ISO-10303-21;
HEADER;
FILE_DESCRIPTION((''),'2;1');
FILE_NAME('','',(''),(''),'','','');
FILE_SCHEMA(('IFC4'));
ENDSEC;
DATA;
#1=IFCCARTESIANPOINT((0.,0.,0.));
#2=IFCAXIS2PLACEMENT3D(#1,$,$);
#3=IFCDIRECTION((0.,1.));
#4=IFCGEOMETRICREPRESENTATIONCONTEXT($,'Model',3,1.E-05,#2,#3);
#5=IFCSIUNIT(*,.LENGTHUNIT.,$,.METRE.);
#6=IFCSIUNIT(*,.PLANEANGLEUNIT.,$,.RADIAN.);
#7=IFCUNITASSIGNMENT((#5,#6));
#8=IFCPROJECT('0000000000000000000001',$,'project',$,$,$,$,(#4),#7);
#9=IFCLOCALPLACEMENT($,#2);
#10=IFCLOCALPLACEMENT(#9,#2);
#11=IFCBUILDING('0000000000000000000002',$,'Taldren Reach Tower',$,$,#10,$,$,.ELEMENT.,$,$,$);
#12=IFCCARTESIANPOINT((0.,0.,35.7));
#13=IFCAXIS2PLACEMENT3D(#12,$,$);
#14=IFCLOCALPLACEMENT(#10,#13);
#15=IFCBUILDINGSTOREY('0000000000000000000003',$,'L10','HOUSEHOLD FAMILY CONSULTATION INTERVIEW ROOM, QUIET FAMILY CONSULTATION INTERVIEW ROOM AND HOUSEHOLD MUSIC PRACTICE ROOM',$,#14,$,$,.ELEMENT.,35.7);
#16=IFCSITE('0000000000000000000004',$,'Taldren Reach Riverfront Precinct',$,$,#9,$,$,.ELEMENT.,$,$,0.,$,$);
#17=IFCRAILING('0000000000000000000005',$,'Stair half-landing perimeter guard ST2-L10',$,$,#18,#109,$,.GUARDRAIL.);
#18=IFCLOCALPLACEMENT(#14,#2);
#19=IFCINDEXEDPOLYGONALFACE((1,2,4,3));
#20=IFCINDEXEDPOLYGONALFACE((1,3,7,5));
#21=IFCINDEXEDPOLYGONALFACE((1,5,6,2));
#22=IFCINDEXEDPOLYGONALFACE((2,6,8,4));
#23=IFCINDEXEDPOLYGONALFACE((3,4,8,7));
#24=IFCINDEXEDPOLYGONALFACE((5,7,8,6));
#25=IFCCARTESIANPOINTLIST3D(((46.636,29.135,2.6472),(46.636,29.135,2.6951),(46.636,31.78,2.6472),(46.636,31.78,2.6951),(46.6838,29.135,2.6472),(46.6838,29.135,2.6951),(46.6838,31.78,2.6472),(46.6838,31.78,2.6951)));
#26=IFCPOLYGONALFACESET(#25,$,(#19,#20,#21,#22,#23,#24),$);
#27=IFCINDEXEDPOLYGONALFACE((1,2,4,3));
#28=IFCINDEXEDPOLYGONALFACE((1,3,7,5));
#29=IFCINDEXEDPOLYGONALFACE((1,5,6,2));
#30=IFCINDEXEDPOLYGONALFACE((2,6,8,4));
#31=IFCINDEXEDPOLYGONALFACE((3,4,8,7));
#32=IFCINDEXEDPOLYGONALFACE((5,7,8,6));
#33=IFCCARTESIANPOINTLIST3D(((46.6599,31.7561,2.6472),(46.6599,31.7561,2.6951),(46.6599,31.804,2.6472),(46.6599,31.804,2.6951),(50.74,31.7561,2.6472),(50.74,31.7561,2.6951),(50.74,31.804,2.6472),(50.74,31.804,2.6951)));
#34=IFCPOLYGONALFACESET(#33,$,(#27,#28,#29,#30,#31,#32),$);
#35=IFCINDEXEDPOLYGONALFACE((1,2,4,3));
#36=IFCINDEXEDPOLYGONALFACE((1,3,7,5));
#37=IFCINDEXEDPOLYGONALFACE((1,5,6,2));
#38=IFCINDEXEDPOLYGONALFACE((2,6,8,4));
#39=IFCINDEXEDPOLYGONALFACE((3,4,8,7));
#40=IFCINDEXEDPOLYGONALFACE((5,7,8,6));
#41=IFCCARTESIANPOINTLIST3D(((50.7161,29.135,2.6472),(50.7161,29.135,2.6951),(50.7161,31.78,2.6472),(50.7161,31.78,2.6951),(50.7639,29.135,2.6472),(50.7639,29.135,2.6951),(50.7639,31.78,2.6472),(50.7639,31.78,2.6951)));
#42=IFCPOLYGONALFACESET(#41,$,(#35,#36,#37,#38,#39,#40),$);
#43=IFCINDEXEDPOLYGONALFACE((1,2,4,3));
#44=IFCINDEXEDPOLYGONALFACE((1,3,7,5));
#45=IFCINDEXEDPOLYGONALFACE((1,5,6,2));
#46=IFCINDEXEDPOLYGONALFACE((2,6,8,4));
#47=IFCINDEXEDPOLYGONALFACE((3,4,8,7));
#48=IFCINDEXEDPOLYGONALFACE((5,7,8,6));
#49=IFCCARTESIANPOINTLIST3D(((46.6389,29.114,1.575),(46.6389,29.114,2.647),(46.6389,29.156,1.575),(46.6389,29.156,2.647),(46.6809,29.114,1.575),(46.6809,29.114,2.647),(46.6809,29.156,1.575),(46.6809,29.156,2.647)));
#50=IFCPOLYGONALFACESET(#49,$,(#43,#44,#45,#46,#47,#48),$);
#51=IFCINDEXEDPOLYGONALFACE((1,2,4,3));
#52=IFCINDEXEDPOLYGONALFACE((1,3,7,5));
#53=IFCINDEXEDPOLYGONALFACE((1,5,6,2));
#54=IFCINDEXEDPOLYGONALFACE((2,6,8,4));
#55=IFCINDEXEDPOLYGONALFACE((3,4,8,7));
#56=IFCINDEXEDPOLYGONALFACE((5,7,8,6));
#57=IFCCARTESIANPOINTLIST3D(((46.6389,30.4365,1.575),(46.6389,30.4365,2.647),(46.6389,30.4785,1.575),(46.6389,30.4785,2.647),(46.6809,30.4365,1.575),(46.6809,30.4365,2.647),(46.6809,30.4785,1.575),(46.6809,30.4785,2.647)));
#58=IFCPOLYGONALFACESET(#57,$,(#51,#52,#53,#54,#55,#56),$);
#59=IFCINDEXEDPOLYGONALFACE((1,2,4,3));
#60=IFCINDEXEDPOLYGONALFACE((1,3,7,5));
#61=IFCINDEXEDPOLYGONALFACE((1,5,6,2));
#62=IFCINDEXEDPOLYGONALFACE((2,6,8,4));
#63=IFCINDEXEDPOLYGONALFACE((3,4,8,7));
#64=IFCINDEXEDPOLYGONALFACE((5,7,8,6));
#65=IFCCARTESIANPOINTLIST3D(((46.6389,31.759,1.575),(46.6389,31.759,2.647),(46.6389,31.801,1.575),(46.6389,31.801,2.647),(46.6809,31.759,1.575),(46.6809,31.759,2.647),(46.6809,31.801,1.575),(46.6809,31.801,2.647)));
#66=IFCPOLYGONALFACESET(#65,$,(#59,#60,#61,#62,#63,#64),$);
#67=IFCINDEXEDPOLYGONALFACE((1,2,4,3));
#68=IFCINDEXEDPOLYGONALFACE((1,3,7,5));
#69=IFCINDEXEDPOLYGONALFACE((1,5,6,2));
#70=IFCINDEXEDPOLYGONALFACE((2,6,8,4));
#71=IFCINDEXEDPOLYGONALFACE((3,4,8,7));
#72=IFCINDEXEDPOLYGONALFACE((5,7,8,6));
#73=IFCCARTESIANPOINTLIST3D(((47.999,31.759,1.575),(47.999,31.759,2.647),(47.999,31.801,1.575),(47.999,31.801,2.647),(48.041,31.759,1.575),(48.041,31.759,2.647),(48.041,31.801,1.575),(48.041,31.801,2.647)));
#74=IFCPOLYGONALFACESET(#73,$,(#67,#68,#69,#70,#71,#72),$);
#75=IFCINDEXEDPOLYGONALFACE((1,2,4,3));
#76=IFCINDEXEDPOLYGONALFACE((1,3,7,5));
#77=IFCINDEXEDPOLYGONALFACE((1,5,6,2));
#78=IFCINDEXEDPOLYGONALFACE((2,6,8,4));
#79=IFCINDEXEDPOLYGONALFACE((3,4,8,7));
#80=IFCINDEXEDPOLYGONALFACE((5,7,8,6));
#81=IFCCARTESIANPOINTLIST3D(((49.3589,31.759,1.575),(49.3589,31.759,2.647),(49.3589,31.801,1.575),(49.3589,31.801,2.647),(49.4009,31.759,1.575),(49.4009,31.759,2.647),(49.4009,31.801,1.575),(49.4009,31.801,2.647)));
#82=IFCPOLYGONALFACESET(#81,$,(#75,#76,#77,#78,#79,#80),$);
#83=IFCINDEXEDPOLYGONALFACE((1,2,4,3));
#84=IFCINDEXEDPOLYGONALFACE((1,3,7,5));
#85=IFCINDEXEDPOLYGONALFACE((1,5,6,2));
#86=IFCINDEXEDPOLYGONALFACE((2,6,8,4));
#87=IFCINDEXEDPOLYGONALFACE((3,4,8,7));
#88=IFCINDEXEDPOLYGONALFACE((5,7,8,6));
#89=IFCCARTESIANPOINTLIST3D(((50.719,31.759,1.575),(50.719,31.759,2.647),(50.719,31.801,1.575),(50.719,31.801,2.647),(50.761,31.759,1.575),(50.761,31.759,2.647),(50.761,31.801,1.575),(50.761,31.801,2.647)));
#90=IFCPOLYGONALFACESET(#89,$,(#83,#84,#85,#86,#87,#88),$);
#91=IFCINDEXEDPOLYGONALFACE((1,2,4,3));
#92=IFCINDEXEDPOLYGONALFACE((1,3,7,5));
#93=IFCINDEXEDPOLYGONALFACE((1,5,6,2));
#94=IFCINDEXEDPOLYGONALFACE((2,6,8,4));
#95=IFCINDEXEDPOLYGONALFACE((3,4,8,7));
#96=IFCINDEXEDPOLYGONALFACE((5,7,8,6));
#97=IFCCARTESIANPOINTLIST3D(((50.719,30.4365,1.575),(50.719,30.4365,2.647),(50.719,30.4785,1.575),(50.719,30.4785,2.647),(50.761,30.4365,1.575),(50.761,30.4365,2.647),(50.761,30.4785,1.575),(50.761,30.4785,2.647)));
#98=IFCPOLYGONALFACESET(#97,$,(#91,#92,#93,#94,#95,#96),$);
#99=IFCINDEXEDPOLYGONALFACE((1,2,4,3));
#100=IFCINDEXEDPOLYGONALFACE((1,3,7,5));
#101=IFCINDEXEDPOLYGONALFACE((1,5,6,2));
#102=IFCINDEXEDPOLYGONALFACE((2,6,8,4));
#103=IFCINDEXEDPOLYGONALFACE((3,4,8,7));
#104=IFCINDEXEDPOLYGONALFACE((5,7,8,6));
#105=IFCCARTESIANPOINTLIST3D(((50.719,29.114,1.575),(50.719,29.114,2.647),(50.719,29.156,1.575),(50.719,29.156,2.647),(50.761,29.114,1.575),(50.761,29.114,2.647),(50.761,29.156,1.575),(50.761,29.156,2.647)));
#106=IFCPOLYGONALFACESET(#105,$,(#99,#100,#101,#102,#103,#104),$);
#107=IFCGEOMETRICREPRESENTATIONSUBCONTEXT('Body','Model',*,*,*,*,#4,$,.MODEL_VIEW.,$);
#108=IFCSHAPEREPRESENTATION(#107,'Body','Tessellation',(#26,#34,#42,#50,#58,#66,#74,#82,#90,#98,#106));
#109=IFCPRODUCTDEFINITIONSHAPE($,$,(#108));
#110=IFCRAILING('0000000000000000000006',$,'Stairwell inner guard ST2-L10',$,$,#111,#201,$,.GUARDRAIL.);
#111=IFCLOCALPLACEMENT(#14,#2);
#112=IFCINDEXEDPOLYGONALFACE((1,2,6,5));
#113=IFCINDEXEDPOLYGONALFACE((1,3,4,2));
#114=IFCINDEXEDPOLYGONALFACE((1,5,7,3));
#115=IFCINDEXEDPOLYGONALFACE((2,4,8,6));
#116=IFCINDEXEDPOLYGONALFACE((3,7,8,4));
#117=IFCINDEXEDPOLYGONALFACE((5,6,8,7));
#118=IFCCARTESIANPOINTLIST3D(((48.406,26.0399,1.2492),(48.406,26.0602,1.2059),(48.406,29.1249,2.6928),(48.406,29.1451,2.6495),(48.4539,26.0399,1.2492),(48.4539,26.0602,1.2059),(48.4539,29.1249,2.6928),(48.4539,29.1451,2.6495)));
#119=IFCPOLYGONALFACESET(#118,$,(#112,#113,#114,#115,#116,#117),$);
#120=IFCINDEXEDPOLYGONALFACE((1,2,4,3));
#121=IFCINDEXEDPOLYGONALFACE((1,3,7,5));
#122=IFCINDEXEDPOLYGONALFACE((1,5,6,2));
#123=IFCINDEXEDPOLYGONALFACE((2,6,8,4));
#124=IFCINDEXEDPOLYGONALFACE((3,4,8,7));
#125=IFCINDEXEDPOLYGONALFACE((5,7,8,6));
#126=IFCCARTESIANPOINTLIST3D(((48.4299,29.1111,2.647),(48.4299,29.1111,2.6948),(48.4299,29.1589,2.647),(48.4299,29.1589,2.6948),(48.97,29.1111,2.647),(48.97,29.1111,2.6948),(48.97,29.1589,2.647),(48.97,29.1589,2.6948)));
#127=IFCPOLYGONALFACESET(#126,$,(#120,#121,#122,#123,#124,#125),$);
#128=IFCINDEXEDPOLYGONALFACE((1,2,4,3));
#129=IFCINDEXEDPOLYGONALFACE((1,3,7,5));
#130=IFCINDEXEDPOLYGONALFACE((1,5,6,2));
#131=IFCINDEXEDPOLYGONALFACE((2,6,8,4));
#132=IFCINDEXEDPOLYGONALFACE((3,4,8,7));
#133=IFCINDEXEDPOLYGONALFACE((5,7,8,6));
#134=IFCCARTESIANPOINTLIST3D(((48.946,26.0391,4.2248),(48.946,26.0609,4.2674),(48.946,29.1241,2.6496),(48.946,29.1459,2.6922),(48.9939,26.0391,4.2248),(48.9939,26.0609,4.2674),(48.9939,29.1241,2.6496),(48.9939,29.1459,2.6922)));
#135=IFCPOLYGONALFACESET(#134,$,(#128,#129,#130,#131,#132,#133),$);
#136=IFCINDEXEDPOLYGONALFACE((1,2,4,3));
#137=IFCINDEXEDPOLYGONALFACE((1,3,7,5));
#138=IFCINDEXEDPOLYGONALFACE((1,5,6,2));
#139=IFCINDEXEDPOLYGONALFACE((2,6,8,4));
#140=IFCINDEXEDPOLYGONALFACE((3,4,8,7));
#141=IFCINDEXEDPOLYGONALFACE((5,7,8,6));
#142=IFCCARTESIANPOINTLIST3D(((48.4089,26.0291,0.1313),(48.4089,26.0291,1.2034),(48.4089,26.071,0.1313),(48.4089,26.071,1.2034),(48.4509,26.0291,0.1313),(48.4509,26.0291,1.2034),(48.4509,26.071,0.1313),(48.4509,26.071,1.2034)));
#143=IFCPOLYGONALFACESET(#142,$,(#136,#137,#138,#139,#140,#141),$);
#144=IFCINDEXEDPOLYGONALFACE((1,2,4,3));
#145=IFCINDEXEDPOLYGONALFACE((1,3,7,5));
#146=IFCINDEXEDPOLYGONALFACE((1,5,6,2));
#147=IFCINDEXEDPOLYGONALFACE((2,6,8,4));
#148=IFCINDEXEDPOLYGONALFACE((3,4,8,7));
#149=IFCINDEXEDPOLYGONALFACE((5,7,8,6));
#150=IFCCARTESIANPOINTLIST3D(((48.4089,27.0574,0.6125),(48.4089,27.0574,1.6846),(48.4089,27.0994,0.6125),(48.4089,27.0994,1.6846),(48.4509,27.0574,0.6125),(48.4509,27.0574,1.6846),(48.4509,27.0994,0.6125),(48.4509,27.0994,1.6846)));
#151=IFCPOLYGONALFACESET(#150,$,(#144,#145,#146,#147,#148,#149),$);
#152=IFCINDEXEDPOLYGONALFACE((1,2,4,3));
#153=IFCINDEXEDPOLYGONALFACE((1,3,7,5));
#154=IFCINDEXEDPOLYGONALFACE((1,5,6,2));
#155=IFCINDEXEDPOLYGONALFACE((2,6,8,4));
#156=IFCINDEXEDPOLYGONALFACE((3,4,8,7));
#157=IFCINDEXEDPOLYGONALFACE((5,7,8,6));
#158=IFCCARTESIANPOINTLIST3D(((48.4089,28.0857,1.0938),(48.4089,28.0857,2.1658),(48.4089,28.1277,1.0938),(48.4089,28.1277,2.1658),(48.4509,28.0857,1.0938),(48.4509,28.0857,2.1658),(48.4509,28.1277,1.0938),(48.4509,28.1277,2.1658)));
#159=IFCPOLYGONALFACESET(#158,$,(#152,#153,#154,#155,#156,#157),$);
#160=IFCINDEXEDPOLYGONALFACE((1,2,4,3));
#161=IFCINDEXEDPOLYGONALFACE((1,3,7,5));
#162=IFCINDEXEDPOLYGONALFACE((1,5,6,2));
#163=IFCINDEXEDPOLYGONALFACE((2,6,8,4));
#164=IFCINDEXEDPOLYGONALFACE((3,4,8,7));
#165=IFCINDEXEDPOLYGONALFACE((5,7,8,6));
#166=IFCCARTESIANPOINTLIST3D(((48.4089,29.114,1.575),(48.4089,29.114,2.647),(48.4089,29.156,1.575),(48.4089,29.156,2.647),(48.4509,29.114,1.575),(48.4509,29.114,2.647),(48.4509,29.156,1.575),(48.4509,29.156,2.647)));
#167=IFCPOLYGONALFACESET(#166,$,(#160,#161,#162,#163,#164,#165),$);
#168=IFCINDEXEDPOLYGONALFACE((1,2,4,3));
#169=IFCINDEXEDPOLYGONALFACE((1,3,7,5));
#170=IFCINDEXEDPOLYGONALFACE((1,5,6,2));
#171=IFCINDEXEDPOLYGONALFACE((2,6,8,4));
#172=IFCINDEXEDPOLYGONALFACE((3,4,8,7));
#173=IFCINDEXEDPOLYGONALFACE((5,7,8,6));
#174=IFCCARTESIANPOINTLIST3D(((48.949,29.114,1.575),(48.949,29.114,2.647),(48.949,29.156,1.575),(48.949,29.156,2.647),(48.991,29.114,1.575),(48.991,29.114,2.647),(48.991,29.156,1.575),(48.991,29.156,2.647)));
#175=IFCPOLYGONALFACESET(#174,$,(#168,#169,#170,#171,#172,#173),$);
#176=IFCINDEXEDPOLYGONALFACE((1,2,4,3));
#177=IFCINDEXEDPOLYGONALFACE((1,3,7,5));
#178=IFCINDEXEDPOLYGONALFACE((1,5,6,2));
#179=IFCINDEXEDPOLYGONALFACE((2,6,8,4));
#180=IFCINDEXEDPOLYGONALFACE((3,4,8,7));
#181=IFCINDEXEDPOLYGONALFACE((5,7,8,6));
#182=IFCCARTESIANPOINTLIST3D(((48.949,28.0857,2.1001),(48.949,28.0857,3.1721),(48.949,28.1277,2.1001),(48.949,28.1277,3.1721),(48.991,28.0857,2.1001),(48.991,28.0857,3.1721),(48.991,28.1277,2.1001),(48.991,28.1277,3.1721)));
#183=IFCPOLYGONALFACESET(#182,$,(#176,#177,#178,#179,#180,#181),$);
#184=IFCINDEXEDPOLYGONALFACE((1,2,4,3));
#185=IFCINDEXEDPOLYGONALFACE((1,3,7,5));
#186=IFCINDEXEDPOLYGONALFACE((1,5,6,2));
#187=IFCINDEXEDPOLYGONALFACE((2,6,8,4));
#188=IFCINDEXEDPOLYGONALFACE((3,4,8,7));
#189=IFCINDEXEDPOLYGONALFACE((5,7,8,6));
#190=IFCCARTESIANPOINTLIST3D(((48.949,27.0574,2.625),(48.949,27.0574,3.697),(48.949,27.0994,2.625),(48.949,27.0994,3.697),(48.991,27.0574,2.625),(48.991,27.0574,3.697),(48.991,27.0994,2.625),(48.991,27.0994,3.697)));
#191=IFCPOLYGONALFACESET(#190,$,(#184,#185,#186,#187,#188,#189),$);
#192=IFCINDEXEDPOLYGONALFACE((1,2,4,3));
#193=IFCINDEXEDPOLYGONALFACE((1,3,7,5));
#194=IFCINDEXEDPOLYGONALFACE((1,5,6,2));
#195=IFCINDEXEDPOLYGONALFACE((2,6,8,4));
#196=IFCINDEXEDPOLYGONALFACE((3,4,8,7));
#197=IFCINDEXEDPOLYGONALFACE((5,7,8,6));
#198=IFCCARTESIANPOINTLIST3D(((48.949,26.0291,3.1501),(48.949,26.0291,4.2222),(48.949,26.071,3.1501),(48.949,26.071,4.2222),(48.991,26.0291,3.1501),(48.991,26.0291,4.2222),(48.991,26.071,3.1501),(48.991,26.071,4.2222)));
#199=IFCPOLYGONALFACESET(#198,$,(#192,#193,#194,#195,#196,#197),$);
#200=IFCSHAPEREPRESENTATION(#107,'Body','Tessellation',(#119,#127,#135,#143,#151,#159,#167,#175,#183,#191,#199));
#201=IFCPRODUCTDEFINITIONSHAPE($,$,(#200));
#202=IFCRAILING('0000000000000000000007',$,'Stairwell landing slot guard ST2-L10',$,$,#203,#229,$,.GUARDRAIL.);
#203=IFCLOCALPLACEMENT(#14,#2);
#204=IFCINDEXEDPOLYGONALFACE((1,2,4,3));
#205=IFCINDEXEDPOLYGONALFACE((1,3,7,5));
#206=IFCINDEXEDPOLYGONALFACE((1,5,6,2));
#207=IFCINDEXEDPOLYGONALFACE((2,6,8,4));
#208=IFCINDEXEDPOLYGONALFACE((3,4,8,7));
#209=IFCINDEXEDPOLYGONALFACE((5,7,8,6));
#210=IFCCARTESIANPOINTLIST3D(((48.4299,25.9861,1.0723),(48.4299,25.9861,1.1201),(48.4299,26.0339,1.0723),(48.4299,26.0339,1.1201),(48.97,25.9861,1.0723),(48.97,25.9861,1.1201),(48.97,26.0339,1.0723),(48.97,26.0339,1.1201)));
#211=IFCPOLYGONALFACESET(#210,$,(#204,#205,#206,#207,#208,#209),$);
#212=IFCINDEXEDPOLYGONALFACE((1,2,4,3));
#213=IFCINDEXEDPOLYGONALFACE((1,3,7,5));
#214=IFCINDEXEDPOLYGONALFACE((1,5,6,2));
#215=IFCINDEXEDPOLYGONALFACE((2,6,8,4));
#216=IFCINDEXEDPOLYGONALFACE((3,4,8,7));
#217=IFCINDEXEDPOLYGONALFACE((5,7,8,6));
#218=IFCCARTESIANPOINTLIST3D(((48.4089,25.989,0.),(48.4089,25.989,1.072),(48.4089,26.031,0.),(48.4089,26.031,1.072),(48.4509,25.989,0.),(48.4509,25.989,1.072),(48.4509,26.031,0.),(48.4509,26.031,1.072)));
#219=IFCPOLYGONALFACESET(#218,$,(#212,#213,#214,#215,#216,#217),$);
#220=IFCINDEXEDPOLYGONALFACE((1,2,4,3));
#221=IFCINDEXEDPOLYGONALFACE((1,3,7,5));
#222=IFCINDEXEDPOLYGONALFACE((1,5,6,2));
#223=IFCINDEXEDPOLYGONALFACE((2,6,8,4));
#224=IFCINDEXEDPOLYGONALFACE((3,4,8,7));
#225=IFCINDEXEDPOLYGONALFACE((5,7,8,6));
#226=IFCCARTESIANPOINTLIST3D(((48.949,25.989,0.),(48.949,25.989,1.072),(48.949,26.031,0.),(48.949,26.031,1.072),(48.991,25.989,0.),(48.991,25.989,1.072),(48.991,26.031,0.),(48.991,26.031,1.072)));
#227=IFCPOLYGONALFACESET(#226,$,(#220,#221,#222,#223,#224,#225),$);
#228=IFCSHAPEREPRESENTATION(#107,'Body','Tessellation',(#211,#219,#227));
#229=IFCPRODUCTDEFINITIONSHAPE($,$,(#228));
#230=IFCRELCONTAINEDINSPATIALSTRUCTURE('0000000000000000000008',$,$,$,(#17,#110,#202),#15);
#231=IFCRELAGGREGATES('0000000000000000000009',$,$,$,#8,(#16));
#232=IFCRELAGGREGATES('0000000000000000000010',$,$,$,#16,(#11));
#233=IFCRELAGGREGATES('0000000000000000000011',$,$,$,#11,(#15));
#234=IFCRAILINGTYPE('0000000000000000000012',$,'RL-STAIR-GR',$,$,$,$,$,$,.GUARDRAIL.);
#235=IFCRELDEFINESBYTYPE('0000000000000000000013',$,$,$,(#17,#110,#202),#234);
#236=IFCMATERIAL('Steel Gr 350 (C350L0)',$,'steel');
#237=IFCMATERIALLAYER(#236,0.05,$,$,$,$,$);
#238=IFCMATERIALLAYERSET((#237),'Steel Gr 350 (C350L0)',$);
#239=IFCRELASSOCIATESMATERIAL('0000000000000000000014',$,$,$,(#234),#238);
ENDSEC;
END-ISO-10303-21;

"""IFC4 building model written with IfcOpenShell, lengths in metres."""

from ifc_helpers import new_model, si_unit, direction, frame, origin, origin_2d, place, context, subcontext, project, spatial, rectangle, extrude, material, layer, layer_set, type_object, element, save


model = new_model("IFC4")

# Units and contexts
model_context = context("Model", 3, precision=1e-05, world=origin(), true_north=direction((0.0, 1.0)))
body_context = subcontext(model_context, "Body", "Model", "MODEL_VIEW")
ifc_project = project(units=[si_unit("LENGTHUNIT", "METRE"), si_unit("PLANEANGLEUNIT", "RADIAN")], contexts=[model_context])

# Site, building, storey
site_placement = place(None, origin())
site = spatial("IfcSite", under=ifc_project, at=site_placement, Name="Taldren Reach Riverfront Precinct", CompositionType="ELEMENT", RefElevation=0.0)
building_placement = place(site_placement, origin())
building = spatial("IfcBuilding", under=site, at=building_placement, Name="Taldren Reach Tower", CompositionType="ELEMENT")
storey_placement = place(building_placement, frame((0.0, 0.0, 35.7)))
storey = spatial("IfcBuildingStorey", under=building, at=storey_placement, Name="L10", Description="HOUSEHOLD FAMILY CONSULTATION INTERVIEW ROOM, QUIET FAMILY CONSULTATION INTERVIEW ROOM AND HOUSEHOLD MUSIC PRACTICE ROOM", CompositionType="ELEMENT", Elevation=35.7)

# Shared definitions
ifc_material_1 = material(Name="Steel Gr 350 (C350L0)", Category="steel")

# Railings
ifc_layer_1 = layer(ifc_material_1, 0.05)
ifc_layer_set_1 = layer_set([ifc_layer_1], Name="Steel Gr 350 (C350L0)")
railing_type_1 = type_object("IfcRailingType", Name="RL-STAIR-GR", PredefinedType="GUARDRAIL", material=ifc_layer_set_1)
railing_1_placement = place(storey_placement, frame((46.6599, 29.135, 1.575)))
element("IfcRailing", 1, at=railing_1_placement, inside=storey, type_object=railing_type_1, Name="Stair half-landing perimeter guard ST2-L10", PredefinedType="GUARDRAIL", context=body_context, shape_type="SweptSolid", body=[
    extrude(rectangle(XDim=0.0479, YDim=0.0479, at=origin_2d()), frame((0.0, 0.0, 1.0962), z_axis=(0.0, 1.0, 0.0), x_axis=(-1.0, 0.0, 0.0)), (0.0, 0.0, 1.0), 2.645),
    extrude(rectangle(XDim=0.0479, YDim=0.0479, at=origin_2d()), frame((0.0, 2.645, 1.0962), z_axis=(1.0, 0.0, 0.0), x_axis=(0.0, 1.0, 0.0)), (0.0, 0.0, 1.0), 4.0801),
    extrude(rectangle(XDim=0.0479, YDim=0.0479, at=origin_2d()), frame((4.0801, 2.645, 1.0962), z_axis=(0.0, -1.0, 0.0), x_axis=(1.0, 0.0, 0.0)), (0.0, 0.0, 1.0), 2.645),
    extrude(rectangle(XDim=0.042, YDim=0.042, at=origin_2d()), origin(), (0.0, 0.0, 1.0), 1.072),
    extrude(rectangle(XDim=0.042, YDim=0.042, at=origin_2d()), frame((0.0, 1.3225, 0.0)), (0.0, 0.0, 1.0), 1.072),
    extrude(rectangle(XDim=0.042, YDim=0.042, at=origin_2d()), frame((0.0, 2.645, 0.0)), (0.0, 0.0, 1.0), 1.072),
    extrude(rectangle(XDim=0.042, YDim=0.042, at=origin_2d()), frame((1.3601, 2.645, 0.0)), (0.0, 0.0, 1.0), 1.072),
    extrude(rectangle(XDim=0.042, YDim=0.042, at=origin_2d()), frame((2.72, 2.645, 0.0)), (0.0, 0.0, 1.0), 1.072),
    extrude(rectangle(XDim=0.042, YDim=0.042, at=origin_2d()), frame((4.0801, 2.645, 0.0)), (0.0, 0.0, 1.0), 1.072),
    extrude(rectangle(XDim=0.042, YDim=0.042, at=origin_2d()), frame((4.0801, 1.3225, 0.0)), (0.0, 0.0, 1.0), 1.072),
    extrude(rectangle(XDim=0.042, YDim=0.042, at=origin_2d()), frame((4.0801, 0.0, 0.0)), (0.0, 0.0, 1.0), 1.072),
])
railing_2_placement = place(storey_placement, frame((48.4299, 26.05, 0.1313)))
element("IfcRailing", 2, at=railing_2_placement, inside=storey, type_object=railing_type_1, Name="Stairwell inner guard ST2-L10", PredefinedType="GUARDRAIL", context=body_context, shape_type="SweptSolid", body=[
    extrude(rectangle(XDim=0.0479, YDim=0.0479, at=origin_2d()), frame((0.0, 0.0, 1.0962), z_axis=(0.0, 0.905738, 0.423839), x_axis=(-1.0, 0.0, 0.0)), (0.0, 0.0, 1.0), 3.406),
    extrude(rectangle(XDim=0.0479, YDim=0.0479, at=origin_2d()), frame((0.0, 3.085, 2.5396), z_axis=(1.0, 0.0, 0.0), x_axis=(0.0, 1.0, 0.0)), (0.0, 0.0, 1.0), 0.54),
    extrude(rectangle(XDim=0.0479, YDim=0.0479, at=origin_2d()), frame((0.54, 3.085, 2.5396), z_axis=(0.0, -0.890617, 0.454753), x_axis=(1.0, 0.0, 0.0)), (0.0, 0.0, 1.0), 3.4639),
    extrude(rectangle(XDim=0.042, YDim=0.042, at=origin_2d()), origin(), (0.0, 0.0, 1.0), 1.072),
    extrude(rectangle(XDim=0.042, YDim=0.042, at=origin_2d()), frame((0.0, 1.0283, 0.4812)), (0.0, 0.0, 1.0), 1.072),
    extrude(rectangle(XDim=0.042, YDim=0.042, at=origin_2d()), frame((0.0, 2.0566, 0.9624)), (0.0, 0.0, 1.0), 1.072),
    extrude(rectangle(XDim=0.042, YDim=0.042, at=origin_2d()), frame((0.0, 3.085, 1.4436)), (0.0, 0.0, 1.0), 1.072),
    extrude(rectangle(XDim=0.042, YDim=0.042, at=origin_2d()), frame((0.54, 3.085, 1.4436)), (0.0, 0.0, 1.0), 1.072),
    extrude(rectangle(XDim=0.042, YDim=0.042, at=origin_2d()), frame((0.54, 2.0566, 1.9688)), (0.0, 0.0, 1.0), 1.072),
    extrude(rectangle(XDim=0.042, YDim=0.042, at=origin_2d()), frame((0.54, 1.0283, 2.4937)), (0.0, 0.0, 1.0), 1.072),
    extrude(rectangle(XDim=0.042, YDim=0.042, at=origin_2d()), frame((0.54, 0.0, 3.0188)), (0.0, 0.0, 1.0), 1.072),
])
railing_3_placement = place(storey_placement, frame((48.4299, 26.01, 0.0)))
element("IfcRailing", 3, at=railing_3_placement, inside=storey, type_object=railing_type_1, Name="Stairwell landing slot guard ST2-L10", PredefinedType="GUARDRAIL", context=body_context, shape_type="SweptSolid", body=[
    extrude(rectangle(XDim=0.0479, YDim=0.0479, at=origin_2d()), frame((0.0, 0.0, 1.0962), z_axis=(1.0, 0.0, 0.0), x_axis=(0.0, 1.0, 0.0)), (0.0, 0.0, 1.0), 0.54),
    extrude(rectangle(XDim=0.042, YDim=0.042, at=origin_2d()), origin(), (0.0, 0.0, 1.0), 1.072),
    extrude(rectangle(XDim=0.042, YDim=0.042, at=origin_2d()), frame((0.54, 0.0, 0.0)), (0.0, 0.0, 1.0), 1.072),
])

save(model, "model.ifc")
